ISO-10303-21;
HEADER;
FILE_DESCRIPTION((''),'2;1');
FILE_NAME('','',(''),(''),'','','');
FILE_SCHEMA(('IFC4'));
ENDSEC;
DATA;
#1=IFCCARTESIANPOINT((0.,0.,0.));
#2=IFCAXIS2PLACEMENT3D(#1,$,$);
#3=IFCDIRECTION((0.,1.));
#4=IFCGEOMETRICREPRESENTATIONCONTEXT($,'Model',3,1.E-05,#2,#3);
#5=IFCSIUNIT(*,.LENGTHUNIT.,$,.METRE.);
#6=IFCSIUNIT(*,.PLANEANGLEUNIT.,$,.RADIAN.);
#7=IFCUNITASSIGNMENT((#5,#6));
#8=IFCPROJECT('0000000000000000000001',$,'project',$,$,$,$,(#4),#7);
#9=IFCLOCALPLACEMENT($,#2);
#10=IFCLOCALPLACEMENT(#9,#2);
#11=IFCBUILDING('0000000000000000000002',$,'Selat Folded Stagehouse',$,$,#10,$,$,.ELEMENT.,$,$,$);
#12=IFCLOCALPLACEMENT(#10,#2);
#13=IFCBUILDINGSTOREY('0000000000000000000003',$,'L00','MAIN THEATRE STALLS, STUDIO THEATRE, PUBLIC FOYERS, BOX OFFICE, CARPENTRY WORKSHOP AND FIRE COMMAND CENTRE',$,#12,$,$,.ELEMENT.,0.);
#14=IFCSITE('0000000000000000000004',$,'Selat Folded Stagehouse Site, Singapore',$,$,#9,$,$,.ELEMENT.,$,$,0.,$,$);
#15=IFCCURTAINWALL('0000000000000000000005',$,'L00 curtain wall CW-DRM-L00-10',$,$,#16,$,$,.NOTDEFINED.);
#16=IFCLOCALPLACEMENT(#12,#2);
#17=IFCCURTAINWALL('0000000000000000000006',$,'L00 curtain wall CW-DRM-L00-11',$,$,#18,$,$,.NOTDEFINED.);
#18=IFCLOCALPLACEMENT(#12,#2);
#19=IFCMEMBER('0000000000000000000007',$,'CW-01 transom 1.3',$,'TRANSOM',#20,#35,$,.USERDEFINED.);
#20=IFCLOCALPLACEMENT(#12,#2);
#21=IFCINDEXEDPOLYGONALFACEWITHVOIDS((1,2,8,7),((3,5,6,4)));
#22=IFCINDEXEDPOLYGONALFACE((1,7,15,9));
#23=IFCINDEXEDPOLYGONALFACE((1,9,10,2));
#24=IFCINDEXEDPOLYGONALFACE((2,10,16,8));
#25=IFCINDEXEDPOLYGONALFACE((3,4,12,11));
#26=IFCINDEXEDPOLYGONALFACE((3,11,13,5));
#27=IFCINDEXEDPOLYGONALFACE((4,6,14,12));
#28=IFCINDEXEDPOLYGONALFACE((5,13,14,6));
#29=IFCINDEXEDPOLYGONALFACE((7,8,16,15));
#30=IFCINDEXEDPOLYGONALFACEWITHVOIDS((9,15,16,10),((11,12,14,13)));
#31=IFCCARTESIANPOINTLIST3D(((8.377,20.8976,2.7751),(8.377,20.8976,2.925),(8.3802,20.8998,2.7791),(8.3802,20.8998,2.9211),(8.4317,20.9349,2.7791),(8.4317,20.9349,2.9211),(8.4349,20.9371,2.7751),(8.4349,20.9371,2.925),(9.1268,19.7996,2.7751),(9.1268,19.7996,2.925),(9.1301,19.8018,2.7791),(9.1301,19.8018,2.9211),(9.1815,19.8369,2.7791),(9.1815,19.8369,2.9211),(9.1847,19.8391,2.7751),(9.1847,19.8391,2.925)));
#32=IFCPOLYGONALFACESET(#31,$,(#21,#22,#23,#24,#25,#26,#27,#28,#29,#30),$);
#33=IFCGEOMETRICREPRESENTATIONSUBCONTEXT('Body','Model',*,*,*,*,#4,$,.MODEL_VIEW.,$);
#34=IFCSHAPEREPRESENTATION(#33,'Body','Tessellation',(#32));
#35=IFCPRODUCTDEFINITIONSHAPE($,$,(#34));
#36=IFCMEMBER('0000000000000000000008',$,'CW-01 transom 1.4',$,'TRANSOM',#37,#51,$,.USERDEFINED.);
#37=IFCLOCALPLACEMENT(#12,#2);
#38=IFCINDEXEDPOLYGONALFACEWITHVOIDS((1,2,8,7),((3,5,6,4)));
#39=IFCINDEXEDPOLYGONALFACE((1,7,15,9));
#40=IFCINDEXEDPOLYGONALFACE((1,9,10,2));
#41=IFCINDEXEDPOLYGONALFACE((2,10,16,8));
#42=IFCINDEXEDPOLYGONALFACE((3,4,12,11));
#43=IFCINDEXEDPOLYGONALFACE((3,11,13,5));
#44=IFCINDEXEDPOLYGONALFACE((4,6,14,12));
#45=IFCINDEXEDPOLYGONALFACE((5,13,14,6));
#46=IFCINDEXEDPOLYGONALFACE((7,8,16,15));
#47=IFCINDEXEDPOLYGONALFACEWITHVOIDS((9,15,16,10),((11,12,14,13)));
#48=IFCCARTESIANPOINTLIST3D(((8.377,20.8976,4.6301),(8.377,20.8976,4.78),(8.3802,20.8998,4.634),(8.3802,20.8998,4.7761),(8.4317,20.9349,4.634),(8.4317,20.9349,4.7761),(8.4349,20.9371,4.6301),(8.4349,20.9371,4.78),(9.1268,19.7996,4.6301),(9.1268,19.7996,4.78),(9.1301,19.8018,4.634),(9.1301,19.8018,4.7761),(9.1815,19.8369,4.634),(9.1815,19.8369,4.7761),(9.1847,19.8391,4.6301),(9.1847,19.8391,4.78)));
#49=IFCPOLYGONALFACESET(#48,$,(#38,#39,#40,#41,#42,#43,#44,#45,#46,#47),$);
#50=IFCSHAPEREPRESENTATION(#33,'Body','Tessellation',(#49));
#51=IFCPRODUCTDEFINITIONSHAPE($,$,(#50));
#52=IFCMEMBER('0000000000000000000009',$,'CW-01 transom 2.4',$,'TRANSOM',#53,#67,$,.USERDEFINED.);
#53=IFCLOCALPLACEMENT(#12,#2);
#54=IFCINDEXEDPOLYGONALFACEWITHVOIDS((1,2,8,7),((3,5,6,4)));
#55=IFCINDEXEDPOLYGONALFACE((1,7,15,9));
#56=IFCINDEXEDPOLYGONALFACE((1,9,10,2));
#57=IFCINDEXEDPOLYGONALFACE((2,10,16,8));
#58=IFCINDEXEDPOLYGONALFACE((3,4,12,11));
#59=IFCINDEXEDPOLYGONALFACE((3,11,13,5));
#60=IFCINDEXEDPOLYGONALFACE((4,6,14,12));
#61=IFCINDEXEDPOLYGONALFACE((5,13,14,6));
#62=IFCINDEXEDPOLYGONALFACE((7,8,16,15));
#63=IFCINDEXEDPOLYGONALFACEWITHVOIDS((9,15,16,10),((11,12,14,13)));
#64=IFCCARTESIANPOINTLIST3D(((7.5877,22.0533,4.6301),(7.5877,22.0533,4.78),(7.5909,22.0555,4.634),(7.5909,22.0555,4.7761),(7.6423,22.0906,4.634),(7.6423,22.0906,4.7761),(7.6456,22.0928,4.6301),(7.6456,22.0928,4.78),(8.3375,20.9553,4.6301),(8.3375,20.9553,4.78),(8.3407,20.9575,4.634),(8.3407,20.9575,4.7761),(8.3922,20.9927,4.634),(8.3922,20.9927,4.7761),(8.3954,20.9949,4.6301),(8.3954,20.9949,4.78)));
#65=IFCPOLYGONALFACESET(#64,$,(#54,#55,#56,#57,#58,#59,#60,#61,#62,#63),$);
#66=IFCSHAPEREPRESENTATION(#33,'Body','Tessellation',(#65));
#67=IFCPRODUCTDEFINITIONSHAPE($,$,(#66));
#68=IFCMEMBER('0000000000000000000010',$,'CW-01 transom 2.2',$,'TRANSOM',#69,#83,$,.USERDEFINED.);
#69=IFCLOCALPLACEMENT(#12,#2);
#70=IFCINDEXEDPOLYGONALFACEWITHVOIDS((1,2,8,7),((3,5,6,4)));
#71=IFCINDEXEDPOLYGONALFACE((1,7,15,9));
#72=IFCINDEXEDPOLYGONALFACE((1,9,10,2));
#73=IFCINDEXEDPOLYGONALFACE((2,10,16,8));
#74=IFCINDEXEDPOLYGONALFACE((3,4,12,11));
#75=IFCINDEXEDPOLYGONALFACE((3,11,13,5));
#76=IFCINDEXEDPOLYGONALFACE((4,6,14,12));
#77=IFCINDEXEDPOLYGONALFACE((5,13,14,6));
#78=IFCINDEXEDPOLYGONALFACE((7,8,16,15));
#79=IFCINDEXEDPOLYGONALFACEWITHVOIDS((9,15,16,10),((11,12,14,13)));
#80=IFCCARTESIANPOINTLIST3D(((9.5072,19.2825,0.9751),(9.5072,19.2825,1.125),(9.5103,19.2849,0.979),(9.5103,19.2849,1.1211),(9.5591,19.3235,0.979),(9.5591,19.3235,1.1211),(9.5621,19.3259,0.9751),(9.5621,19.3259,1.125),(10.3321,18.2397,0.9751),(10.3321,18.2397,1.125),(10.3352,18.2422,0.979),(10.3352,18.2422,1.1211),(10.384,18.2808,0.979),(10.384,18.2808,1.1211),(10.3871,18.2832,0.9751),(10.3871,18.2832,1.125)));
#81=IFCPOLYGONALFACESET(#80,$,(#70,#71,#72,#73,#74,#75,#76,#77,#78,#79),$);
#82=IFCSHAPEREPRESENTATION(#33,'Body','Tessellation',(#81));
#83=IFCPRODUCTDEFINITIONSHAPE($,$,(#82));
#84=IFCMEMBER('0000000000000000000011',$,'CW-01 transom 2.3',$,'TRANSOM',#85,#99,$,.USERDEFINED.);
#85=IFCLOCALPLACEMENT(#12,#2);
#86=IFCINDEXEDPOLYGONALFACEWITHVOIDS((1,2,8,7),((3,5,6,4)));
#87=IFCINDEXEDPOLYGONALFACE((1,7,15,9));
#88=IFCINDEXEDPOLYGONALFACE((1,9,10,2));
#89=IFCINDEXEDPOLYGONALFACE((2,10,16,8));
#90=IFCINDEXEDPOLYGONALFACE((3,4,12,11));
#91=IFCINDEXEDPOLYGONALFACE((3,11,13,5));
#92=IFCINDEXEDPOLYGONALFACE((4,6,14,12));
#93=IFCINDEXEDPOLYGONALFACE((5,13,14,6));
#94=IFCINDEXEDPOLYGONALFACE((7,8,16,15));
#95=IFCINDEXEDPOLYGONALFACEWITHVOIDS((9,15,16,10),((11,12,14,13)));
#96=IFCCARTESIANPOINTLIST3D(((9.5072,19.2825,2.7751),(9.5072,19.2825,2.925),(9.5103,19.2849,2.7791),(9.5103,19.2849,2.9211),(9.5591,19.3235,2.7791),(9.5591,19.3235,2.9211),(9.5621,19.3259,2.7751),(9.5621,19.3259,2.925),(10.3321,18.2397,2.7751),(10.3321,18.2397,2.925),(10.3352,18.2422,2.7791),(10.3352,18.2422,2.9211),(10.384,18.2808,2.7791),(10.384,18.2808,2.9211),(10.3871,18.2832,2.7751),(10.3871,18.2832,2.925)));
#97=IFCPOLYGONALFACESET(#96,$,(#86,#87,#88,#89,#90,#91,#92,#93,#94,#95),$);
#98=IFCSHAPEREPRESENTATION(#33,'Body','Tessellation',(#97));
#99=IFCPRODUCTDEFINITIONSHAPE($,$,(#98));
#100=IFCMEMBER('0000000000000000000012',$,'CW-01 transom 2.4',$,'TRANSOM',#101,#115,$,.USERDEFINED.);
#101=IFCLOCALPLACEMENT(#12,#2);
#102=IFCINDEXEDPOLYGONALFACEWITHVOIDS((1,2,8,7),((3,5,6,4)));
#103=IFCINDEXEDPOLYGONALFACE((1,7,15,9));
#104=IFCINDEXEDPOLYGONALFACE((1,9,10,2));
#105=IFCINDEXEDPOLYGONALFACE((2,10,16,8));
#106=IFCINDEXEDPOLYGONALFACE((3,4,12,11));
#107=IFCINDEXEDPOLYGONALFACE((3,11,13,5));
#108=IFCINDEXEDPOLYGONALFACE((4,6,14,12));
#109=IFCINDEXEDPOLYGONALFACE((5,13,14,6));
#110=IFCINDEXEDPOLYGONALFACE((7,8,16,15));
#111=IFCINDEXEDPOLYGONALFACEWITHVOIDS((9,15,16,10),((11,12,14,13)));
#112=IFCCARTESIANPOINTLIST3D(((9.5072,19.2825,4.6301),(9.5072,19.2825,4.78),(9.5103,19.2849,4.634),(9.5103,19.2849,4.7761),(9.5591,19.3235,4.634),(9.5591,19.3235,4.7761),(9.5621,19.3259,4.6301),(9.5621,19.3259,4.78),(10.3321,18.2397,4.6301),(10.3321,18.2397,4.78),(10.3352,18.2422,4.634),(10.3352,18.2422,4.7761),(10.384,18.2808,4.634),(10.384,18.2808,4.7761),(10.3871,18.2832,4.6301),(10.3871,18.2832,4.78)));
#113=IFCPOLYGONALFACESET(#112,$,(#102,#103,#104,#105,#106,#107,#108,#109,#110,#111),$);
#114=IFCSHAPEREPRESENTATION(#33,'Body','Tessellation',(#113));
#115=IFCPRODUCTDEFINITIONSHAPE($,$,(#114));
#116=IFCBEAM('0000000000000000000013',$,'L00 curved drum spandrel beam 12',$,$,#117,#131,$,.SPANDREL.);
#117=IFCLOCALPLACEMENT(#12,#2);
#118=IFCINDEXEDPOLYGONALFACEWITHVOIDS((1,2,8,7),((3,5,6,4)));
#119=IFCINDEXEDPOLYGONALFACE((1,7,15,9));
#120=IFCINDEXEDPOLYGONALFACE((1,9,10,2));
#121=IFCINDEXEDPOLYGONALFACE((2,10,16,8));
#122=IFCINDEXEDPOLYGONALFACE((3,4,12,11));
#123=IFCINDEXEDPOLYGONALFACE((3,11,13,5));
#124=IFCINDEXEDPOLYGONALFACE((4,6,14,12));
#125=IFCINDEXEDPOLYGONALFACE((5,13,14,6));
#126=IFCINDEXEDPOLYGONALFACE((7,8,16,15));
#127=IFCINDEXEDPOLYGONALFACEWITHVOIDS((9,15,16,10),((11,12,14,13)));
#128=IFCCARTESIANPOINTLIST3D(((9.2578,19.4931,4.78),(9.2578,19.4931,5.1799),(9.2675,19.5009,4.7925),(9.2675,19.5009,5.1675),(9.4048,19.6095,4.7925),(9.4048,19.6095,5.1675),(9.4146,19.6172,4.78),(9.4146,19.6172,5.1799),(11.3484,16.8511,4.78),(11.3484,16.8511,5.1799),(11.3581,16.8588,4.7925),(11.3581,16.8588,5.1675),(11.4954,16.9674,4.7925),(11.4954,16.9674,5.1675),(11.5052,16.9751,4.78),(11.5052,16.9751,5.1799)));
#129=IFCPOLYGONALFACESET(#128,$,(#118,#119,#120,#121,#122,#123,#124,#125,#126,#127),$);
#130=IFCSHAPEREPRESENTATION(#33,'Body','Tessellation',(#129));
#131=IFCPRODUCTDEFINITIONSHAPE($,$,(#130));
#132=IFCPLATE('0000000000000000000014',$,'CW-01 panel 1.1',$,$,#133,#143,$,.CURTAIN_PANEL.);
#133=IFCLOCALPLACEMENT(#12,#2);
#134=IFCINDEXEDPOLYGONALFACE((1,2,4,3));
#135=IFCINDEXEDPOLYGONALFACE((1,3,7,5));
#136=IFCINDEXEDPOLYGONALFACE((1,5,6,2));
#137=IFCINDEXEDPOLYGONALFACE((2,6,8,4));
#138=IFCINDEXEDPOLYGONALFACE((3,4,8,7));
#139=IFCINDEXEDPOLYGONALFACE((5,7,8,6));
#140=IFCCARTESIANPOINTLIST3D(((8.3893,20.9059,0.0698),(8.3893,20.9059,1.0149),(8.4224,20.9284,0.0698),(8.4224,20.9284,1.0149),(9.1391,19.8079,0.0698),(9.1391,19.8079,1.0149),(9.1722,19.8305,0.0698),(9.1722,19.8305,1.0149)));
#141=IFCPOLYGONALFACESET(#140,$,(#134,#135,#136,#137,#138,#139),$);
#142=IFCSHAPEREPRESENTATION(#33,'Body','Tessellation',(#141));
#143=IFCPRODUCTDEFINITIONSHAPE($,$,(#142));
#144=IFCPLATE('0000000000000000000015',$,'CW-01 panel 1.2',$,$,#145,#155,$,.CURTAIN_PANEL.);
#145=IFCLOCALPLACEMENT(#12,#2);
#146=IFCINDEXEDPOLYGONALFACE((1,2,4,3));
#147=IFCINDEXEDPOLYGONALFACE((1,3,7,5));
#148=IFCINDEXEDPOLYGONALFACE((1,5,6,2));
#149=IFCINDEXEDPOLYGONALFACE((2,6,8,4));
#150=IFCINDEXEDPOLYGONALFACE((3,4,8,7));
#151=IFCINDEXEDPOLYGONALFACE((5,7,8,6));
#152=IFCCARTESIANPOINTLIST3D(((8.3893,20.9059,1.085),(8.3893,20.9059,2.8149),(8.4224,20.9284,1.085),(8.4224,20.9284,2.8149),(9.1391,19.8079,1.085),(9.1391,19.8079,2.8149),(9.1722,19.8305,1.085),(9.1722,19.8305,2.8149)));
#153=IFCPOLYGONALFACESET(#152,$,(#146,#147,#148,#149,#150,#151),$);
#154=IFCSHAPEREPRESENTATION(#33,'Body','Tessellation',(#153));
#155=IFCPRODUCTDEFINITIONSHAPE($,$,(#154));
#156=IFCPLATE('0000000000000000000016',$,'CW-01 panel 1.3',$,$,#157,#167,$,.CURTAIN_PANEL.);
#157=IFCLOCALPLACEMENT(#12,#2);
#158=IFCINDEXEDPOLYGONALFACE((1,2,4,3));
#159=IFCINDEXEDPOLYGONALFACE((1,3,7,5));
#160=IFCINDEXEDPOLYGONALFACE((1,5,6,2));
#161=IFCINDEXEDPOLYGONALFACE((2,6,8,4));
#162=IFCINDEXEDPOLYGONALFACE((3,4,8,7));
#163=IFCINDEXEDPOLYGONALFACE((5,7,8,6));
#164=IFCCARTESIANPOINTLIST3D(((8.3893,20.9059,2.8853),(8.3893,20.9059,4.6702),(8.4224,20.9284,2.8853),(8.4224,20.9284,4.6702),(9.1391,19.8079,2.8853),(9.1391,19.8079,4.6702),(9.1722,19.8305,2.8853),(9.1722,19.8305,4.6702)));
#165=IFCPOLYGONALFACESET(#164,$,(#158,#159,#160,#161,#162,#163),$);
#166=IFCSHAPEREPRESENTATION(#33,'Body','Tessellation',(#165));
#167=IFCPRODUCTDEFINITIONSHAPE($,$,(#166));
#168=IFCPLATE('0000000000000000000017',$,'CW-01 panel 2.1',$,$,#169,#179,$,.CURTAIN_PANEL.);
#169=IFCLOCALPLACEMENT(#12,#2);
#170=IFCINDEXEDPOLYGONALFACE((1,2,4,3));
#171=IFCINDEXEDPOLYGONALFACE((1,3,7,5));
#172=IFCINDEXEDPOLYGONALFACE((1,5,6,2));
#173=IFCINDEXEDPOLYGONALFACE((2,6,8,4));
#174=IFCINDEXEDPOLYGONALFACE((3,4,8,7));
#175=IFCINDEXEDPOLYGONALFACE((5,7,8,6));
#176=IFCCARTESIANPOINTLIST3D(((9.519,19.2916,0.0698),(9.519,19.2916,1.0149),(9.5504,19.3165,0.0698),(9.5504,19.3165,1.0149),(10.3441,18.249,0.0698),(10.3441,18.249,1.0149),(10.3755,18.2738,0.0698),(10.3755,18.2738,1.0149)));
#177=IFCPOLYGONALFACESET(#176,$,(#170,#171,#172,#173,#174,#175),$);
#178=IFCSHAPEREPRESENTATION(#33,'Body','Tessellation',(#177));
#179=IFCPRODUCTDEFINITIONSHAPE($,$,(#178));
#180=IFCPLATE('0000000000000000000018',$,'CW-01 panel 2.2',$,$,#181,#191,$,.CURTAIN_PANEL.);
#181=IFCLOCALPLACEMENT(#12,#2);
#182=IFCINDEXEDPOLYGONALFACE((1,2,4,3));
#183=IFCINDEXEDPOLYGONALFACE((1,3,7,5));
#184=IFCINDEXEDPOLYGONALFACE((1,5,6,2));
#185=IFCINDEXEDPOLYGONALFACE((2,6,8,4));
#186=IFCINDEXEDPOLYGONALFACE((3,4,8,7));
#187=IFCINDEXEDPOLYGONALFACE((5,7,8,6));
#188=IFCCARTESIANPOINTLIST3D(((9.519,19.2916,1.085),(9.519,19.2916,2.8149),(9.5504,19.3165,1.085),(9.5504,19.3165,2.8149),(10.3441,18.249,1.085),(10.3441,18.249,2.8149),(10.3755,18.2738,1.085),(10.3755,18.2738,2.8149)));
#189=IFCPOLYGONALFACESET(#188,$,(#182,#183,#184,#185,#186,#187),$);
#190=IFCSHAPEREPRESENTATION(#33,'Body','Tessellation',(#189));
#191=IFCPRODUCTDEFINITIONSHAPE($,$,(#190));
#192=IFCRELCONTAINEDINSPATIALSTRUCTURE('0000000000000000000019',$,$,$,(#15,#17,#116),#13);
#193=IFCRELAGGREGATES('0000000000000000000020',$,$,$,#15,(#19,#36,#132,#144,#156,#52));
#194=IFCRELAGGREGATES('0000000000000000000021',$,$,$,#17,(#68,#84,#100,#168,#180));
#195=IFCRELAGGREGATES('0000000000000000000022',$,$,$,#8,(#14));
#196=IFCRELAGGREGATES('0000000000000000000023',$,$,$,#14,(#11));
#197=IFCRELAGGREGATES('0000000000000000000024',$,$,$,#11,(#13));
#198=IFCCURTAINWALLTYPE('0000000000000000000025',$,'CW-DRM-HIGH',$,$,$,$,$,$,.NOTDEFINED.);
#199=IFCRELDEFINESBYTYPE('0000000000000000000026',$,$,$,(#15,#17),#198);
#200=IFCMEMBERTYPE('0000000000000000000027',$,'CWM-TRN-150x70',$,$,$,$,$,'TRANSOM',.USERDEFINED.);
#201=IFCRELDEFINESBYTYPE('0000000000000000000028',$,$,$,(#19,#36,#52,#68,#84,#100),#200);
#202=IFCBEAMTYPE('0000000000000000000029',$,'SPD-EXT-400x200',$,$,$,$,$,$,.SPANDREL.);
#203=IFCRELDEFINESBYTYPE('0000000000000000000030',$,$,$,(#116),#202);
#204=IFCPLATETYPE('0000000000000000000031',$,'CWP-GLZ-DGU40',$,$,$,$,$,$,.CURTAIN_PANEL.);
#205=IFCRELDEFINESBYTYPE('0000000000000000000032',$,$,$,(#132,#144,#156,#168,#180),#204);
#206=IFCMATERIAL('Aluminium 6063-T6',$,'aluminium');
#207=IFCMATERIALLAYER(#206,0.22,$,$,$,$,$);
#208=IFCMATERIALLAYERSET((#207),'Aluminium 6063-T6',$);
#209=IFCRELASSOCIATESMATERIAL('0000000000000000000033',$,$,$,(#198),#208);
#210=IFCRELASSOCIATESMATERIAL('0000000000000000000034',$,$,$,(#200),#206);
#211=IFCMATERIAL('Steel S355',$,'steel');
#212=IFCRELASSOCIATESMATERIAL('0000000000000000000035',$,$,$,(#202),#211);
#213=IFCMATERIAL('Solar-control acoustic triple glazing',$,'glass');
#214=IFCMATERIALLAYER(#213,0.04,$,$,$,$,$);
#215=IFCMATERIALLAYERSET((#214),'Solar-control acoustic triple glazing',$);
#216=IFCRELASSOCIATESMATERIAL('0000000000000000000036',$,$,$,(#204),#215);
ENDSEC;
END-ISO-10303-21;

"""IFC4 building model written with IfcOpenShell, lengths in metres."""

from ifc_helpers import new_model, si_unit, direction, frame, origin, origin_2d, place, context, subcontext, project, spatial, rectangle, hollow_rectangle, extrude, material, layer, layer_set, material_profile, profile_set, type_object, element, aggregate, save


model = new_model("IFC4")

# Units and contexts
model_context = context("Model", 3, precision=1e-05, world=origin(), true_north=direction((0.0, 1.0)))
body_context = subcontext(model_context, "Body", "Model", "MODEL_VIEW")
ifc_project = project(units=[si_unit("LENGTHUNIT", "METRE"), si_unit("PLANEANGLEUNIT", "RADIAN")], contexts=[model_context])

# Site, building, storey
site_placement = place(None, origin())
site = spatial("IfcSite", under=ifc_project, at=site_placement, Name="Selat Folded Stagehouse Site, Singapore", CompositionType="ELEMENT", RefElevation=0.0)
building_placement = place(site_placement, origin())
building = spatial("IfcBuilding", under=site, at=building_placement, Name="Selat Folded Stagehouse", CompositionType="ELEMENT")
storey_placement = place(building_placement, origin())
storey = spatial("IfcBuildingStorey", under=building, at=storey_placement, Name="L00", Description="MAIN THEATRE STALLS, STUDIO THEATRE, PUBLIC FOYERS, BOX OFFICE, CARPENTRY WORKSHOP AND FIRE COMMAND CENTRE", CompositionType="ELEMENT", Elevation=0.0)

# Shared definitions
ifc_material_1 = material(Name="Steel S355", Category="steel")

# Curtain wall
ifc_material_2 = material(Name="Aluminium 6063-T6", Category="aluminium")
ifc_layer_1 = layer(ifc_material_2, 0.22)
ifc_layer_set_1 = layer_set([ifc_layer_1], Name="Aluminium 6063-T6")
curtain_wall_type = type_object("IfcCurtainWallType", Name="CW-DRM-HIGH", PredefinedType="NOTDEFINED", material=ifc_layer_set_1)
curtain_wall_1_placement = place(storey_placement, origin())
curtain_wall_1 = element("IfcCurtainWall", 1, at=curtain_wall_1_placement, inside=storey, type_object=curtain_wall_type, Name="L00 curtain wall CW-DRM-L00-10", PredefinedType="NOTDEFINED")

# Curtain wall
curtain_wall_2_placement = place(storey_placement, origin())
curtain_wall_2 = element("IfcCurtainWall", 2, at=curtain_wall_2_placement, inside=storey, type_object=curtain_wall_type, Name="L00 curtain wall CW-DRM-L00-11", PredefinedType="NOTDEFINED")

# Members
ifc_material_profile_1 = material_profile(ifc_material_2, hollow_rectangle(XDim=0.0701, YDim=0.1499, WallThickness=0.0039, at=origin_2d()), Name="ALU 150x70x4.0")
ifc_profile_set_1 = profile_set([ifc_material_profile_1], Name="Aluminium 6063-T6")
member_type_1 = type_object("IfcMemberType", Name="CWM-TRN-150x70", ElementType="TRANSOM", PredefinedType="USERDEFINED", material=ifc_profile_set_1)
member_1_placement = place(storey_placement, frame((9.1558, 19.8193, 2.8501), z_axis=(-0.563946, 0.825811, 0.0), x_axis=(-0.825811, -0.563946, 0.0)))
member_1 = element("IfcMember", 3, at=member_1_placement, type_object=member_type_1, Name="CW-01 transom 1.3", ObjectType="TRANSOM", PredefinedType="USERDEFINED", context=body_context, shape_type="SweptSolid", body=[
    extrude(hollow_rectangle(XDim=0.0701, YDim=0.1499, WallThickness=0.0039, at=origin_2d()), origin(), (0.0, 0.0, 1.0), 1.3296),
])
member_2_placement = place(storey_placement, frame((9.1558, 19.8193, 4.7051), z_axis=(-0.563946, 0.825811, 0.0), x_axis=(-0.825811, -0.563946, 0.0)))
member_2 = element("IfcMember", 4, at=member_2_placement, type_object=member_type_1, Name="CW-01 transom 1.4", ObjectType="TRANSOM", PredefinedType="USERDEFINED", context=body_context, shape_type="SweptSolid", body=[
    extrude(hollow_rectangle(XDim=0.0701, YDim=0.1499, WallThickness=0.0039, at=origin_2d()), origin(), (0.0, 0.0, 1.0), 1.3296),
])
member_3_placement = place(storey_placement, frame((8.3665, 20.9751, 4.7051), z_axis=(-0.563946, 0.825811, 0.0), x_axis=(-0.825811, -0.563946, 0.0)))
member_3 = element("IfcMember", 5, at=member_3_placement, type_object=member_type_1, Name="CW-01 transom 2.4", ObjectType="TRANSOM", PredefinedType="USERDEFINED", context=body_context, shape_type="SweptSolid", body=[
    extrude(hollow_rectangle(XDim=0.0701, YDim=0.1499, WallThickness=0.0039, at=origin_2d()), origin(), (0.0, 0.0, 1.0), 1.3296),
])
member_4_placement = place(storey_placement, frame((10.3596, 18.2615, 1.05), z_axis=(-0.620454, 0.784243, 0.0), x_axis=(-0.784243, -0.620454, 0.0)))
member_4 = element("IfcMember", 6, at=member_4_placement, type_object=member_type_1, Name="CW-01 transom 2.2", ObjectType="TRANSOM", PredefinedType="USERDEFINED", context=body_context, shape_type="SweptSolid", body=[
    extrude(hollow_rectangle(XDim=0.0701, YDim=0.1499, WallThickness=0.0039, at=origin_2d()), origin(), (0.0, 0.0, 1.0), 1.3296),
])
member_5_placement = place(storey_placement, frame((10.3596, 18.2615, 2.8501), z_axis=(-0.620454, 0.784243, 0.0), x_axis=(-0.784243, -0.620454, 0.0)))
member_5 = element("IfcMember", 7, at=member_5_placement, type_object=member_type_1, Name="CW-01 transom 2.3", ObjectType="TRANSOM", PredefinedType="USERDEFINED", context=body_context, shape_type="SweptSolid", body=[
    extrude(hollow_rectangle(XDim=0.0701, YDim=0.1499, WallThickness=0.0039, at=origin_2d()), origin(), (0.0, 0.0, 1.0), 1.3296),
])
member_6_placement = place(storey_placement, frame((10.3596, 18.2615, 4.7051), z_axis=(-0.620454, 0.784243, 0.0), x_axis=(-0.784243, -0.620454, 0.0)))
member_6 = element("IfcMember", 8, at=member_6_placement, type_object=member_type_1, Name="CW-01 transom 2.4", ObjectType="TRANSOM", PredefinedType="USERDEFINED", context=body_context, shape_type="SweptSolid", body=[
    extrude(hollow_rectangle(XDim=0.0701, YDim=0.1499, WallThickness=0.0039, at=origin_2d()), origin(), (0.0, 0.0, 1.0), 1.3296),
])

# Beam
ifc_material_profile_2 = material_profile(ifc_material_1, hollow_rectangle(XDim=0.2, YDim=0.3999, WallThickness=0.0125, at=origin_2d()), Name="RHS 400x200x12.5")
ifc_profile_set_2 = profile_set([ifc_material_profile_2], Name="Steel S355")
beam_type_1 = type_object("IfcBeamType", Name="SPD-EXT-400x200", PredefinedType="SPANDREL", material=ifc_profile_set_2)
beam_1_placement = place(storey_placement, frame((9.3362, 19.5552, 4.98), z_axis=(0.620506, -0.784202, 0.0), x_axis=(0.784202, 0.620506, 0.0)))
element("IfcBeam", 9, at=beam_1_placement, inside=storey, type_object=beam_type_1, Name="L00 curved drum spandrel beam 12", PredefinedType="SPANDREL", context=body_context, shape_type="SweptSolid", body=[
    extrude(hollow_rectangle(XDim=0.2, YDim=0.3999, WallThickness=0.0125, at=origin_2d()), origin(), (0.0, 0.0, 1.0), 3.3691),
])

# Plates
ifc_material_3 = material(Name="Solar-control acoustic triple glazing", Category="glass")
ifc_layer_2 = layer(ifc_material_3, 0.04)
ifc_layer_set_2 = layer_set([ifc_layer_2], Name="Solar-control acoustic triple glazing")
plate_type = type_object("IfcPlateType", Name="CWP-GLZ-DGU40", PredefinedType="CURTAIN_PANEL", material=ifc_layer_set_2)
plate_1_placement = place(storey_placement, frame((8.7808, 20.3682, 0.0698), z_axis=(0.0, 0.0, 1.0), x_axis=(-0.563948, 0.82581, 0.0)))
plate_1 = element("IfcPlate", 10, at=plate_1_placement, type_object=plate_type, Name="CW-01 panel 1.1", PredefinedType="CURTAIN_PANEL", context=body_context, shape_type="SweptSolid", body=[
    extrude(rectangle(XDim=1.3296, YDim=0.04, at=origin_2d()), origin(), (0.0, 0.0, 1.0), 0.9451),
])
plate_2_placement = place(storey_placement, frame((8.7808, 20.3682, 1.085), z_axis=(0.0, 0.0, 1.0), x_axis=(-0.563948, 0.82581, 0.0)))
plate_2 = element("IfcPlate", 11, at=plate_2_placement, type_object=plate_type, Name="CW-01 panel 1.2", PredefinedType="CURTAIN_PANEL", context=body_context, shape_type="SweptSolid", body=[
    extrude(rectangle(XDim=1.3296, YDim=0.04, at=origin_2d()), origin(), (0.0, 0.0, 1.0), 1.73),
])
plate_3_placement = place(storey_placement, frame((8.7808, 20.3682, 2.8853), z_axis=(0.0, 0.0, 1.0), x_axis=(-0.563948, 0.82581, 0.0)))
plate_3 = element("IfcPlate", 12, at=plate_3_placement, type_object=plate_type, Name="CW-01 panel 1.3", PredefinedType="CURTAIN_PANEL", context=body_context, shape_type="SweptSolid", body=[
    extrude(rectangle(XDim=1.3296, YDim=0.04, at=origin_2d()), origin(), (0.0, 0.0, 1.0), 1.7849),
])
aggregate(curtain_wall_1, [member_1, member_2, plate_1, plate_2, plate_3, member_3])
plate_4_placement = place(storey_placement, frame((9.9473, 18.7827, 0.0698), z_axis=(0.0, 0.0, 1.0), x_axis=(-0.620533, 0.78418, 0.0)))
plate_4 = element("IfcPlate", 13, at=plate_4_placement, type_object=plate_type, Name="CW-01 panel 2.1", PredefinedType="CURTAIN_PANEL", context=body_context, shape_type="SweptSolid", body=[
    extrude(rectangle(XDim=1.3296, YDim=0.04, at=origin_2d()), origin(), (0.0, 0.0, 1.0), 0.9451),
])
plate_5_placement = place(storey_placement, frame((9.9473, 18.7827, 1.085), z_axis=(0.0, 0.0, 1.0), x_axis=(-0.620533, 0.78418, 0.0)))
plate_5 = element("IfcPlate", 14, at=plate_5_placement, type_object=plate_type, Name="CW-01 panel 2.2", PredefinedType="CURTAIN_PANEL", context=body_context, shape_type="SweptSolid", body=[
    extrude(rectangle(XDim=1.3296, YDim=0.04, at=origin_2d()), origin(), (0.0, 0.0, 1.0), 1.73),
])
aggregate(curtain_wall_2, [member_4, member_5, member_6, plate_4, plate_5])

save(model, "model.ifc")
